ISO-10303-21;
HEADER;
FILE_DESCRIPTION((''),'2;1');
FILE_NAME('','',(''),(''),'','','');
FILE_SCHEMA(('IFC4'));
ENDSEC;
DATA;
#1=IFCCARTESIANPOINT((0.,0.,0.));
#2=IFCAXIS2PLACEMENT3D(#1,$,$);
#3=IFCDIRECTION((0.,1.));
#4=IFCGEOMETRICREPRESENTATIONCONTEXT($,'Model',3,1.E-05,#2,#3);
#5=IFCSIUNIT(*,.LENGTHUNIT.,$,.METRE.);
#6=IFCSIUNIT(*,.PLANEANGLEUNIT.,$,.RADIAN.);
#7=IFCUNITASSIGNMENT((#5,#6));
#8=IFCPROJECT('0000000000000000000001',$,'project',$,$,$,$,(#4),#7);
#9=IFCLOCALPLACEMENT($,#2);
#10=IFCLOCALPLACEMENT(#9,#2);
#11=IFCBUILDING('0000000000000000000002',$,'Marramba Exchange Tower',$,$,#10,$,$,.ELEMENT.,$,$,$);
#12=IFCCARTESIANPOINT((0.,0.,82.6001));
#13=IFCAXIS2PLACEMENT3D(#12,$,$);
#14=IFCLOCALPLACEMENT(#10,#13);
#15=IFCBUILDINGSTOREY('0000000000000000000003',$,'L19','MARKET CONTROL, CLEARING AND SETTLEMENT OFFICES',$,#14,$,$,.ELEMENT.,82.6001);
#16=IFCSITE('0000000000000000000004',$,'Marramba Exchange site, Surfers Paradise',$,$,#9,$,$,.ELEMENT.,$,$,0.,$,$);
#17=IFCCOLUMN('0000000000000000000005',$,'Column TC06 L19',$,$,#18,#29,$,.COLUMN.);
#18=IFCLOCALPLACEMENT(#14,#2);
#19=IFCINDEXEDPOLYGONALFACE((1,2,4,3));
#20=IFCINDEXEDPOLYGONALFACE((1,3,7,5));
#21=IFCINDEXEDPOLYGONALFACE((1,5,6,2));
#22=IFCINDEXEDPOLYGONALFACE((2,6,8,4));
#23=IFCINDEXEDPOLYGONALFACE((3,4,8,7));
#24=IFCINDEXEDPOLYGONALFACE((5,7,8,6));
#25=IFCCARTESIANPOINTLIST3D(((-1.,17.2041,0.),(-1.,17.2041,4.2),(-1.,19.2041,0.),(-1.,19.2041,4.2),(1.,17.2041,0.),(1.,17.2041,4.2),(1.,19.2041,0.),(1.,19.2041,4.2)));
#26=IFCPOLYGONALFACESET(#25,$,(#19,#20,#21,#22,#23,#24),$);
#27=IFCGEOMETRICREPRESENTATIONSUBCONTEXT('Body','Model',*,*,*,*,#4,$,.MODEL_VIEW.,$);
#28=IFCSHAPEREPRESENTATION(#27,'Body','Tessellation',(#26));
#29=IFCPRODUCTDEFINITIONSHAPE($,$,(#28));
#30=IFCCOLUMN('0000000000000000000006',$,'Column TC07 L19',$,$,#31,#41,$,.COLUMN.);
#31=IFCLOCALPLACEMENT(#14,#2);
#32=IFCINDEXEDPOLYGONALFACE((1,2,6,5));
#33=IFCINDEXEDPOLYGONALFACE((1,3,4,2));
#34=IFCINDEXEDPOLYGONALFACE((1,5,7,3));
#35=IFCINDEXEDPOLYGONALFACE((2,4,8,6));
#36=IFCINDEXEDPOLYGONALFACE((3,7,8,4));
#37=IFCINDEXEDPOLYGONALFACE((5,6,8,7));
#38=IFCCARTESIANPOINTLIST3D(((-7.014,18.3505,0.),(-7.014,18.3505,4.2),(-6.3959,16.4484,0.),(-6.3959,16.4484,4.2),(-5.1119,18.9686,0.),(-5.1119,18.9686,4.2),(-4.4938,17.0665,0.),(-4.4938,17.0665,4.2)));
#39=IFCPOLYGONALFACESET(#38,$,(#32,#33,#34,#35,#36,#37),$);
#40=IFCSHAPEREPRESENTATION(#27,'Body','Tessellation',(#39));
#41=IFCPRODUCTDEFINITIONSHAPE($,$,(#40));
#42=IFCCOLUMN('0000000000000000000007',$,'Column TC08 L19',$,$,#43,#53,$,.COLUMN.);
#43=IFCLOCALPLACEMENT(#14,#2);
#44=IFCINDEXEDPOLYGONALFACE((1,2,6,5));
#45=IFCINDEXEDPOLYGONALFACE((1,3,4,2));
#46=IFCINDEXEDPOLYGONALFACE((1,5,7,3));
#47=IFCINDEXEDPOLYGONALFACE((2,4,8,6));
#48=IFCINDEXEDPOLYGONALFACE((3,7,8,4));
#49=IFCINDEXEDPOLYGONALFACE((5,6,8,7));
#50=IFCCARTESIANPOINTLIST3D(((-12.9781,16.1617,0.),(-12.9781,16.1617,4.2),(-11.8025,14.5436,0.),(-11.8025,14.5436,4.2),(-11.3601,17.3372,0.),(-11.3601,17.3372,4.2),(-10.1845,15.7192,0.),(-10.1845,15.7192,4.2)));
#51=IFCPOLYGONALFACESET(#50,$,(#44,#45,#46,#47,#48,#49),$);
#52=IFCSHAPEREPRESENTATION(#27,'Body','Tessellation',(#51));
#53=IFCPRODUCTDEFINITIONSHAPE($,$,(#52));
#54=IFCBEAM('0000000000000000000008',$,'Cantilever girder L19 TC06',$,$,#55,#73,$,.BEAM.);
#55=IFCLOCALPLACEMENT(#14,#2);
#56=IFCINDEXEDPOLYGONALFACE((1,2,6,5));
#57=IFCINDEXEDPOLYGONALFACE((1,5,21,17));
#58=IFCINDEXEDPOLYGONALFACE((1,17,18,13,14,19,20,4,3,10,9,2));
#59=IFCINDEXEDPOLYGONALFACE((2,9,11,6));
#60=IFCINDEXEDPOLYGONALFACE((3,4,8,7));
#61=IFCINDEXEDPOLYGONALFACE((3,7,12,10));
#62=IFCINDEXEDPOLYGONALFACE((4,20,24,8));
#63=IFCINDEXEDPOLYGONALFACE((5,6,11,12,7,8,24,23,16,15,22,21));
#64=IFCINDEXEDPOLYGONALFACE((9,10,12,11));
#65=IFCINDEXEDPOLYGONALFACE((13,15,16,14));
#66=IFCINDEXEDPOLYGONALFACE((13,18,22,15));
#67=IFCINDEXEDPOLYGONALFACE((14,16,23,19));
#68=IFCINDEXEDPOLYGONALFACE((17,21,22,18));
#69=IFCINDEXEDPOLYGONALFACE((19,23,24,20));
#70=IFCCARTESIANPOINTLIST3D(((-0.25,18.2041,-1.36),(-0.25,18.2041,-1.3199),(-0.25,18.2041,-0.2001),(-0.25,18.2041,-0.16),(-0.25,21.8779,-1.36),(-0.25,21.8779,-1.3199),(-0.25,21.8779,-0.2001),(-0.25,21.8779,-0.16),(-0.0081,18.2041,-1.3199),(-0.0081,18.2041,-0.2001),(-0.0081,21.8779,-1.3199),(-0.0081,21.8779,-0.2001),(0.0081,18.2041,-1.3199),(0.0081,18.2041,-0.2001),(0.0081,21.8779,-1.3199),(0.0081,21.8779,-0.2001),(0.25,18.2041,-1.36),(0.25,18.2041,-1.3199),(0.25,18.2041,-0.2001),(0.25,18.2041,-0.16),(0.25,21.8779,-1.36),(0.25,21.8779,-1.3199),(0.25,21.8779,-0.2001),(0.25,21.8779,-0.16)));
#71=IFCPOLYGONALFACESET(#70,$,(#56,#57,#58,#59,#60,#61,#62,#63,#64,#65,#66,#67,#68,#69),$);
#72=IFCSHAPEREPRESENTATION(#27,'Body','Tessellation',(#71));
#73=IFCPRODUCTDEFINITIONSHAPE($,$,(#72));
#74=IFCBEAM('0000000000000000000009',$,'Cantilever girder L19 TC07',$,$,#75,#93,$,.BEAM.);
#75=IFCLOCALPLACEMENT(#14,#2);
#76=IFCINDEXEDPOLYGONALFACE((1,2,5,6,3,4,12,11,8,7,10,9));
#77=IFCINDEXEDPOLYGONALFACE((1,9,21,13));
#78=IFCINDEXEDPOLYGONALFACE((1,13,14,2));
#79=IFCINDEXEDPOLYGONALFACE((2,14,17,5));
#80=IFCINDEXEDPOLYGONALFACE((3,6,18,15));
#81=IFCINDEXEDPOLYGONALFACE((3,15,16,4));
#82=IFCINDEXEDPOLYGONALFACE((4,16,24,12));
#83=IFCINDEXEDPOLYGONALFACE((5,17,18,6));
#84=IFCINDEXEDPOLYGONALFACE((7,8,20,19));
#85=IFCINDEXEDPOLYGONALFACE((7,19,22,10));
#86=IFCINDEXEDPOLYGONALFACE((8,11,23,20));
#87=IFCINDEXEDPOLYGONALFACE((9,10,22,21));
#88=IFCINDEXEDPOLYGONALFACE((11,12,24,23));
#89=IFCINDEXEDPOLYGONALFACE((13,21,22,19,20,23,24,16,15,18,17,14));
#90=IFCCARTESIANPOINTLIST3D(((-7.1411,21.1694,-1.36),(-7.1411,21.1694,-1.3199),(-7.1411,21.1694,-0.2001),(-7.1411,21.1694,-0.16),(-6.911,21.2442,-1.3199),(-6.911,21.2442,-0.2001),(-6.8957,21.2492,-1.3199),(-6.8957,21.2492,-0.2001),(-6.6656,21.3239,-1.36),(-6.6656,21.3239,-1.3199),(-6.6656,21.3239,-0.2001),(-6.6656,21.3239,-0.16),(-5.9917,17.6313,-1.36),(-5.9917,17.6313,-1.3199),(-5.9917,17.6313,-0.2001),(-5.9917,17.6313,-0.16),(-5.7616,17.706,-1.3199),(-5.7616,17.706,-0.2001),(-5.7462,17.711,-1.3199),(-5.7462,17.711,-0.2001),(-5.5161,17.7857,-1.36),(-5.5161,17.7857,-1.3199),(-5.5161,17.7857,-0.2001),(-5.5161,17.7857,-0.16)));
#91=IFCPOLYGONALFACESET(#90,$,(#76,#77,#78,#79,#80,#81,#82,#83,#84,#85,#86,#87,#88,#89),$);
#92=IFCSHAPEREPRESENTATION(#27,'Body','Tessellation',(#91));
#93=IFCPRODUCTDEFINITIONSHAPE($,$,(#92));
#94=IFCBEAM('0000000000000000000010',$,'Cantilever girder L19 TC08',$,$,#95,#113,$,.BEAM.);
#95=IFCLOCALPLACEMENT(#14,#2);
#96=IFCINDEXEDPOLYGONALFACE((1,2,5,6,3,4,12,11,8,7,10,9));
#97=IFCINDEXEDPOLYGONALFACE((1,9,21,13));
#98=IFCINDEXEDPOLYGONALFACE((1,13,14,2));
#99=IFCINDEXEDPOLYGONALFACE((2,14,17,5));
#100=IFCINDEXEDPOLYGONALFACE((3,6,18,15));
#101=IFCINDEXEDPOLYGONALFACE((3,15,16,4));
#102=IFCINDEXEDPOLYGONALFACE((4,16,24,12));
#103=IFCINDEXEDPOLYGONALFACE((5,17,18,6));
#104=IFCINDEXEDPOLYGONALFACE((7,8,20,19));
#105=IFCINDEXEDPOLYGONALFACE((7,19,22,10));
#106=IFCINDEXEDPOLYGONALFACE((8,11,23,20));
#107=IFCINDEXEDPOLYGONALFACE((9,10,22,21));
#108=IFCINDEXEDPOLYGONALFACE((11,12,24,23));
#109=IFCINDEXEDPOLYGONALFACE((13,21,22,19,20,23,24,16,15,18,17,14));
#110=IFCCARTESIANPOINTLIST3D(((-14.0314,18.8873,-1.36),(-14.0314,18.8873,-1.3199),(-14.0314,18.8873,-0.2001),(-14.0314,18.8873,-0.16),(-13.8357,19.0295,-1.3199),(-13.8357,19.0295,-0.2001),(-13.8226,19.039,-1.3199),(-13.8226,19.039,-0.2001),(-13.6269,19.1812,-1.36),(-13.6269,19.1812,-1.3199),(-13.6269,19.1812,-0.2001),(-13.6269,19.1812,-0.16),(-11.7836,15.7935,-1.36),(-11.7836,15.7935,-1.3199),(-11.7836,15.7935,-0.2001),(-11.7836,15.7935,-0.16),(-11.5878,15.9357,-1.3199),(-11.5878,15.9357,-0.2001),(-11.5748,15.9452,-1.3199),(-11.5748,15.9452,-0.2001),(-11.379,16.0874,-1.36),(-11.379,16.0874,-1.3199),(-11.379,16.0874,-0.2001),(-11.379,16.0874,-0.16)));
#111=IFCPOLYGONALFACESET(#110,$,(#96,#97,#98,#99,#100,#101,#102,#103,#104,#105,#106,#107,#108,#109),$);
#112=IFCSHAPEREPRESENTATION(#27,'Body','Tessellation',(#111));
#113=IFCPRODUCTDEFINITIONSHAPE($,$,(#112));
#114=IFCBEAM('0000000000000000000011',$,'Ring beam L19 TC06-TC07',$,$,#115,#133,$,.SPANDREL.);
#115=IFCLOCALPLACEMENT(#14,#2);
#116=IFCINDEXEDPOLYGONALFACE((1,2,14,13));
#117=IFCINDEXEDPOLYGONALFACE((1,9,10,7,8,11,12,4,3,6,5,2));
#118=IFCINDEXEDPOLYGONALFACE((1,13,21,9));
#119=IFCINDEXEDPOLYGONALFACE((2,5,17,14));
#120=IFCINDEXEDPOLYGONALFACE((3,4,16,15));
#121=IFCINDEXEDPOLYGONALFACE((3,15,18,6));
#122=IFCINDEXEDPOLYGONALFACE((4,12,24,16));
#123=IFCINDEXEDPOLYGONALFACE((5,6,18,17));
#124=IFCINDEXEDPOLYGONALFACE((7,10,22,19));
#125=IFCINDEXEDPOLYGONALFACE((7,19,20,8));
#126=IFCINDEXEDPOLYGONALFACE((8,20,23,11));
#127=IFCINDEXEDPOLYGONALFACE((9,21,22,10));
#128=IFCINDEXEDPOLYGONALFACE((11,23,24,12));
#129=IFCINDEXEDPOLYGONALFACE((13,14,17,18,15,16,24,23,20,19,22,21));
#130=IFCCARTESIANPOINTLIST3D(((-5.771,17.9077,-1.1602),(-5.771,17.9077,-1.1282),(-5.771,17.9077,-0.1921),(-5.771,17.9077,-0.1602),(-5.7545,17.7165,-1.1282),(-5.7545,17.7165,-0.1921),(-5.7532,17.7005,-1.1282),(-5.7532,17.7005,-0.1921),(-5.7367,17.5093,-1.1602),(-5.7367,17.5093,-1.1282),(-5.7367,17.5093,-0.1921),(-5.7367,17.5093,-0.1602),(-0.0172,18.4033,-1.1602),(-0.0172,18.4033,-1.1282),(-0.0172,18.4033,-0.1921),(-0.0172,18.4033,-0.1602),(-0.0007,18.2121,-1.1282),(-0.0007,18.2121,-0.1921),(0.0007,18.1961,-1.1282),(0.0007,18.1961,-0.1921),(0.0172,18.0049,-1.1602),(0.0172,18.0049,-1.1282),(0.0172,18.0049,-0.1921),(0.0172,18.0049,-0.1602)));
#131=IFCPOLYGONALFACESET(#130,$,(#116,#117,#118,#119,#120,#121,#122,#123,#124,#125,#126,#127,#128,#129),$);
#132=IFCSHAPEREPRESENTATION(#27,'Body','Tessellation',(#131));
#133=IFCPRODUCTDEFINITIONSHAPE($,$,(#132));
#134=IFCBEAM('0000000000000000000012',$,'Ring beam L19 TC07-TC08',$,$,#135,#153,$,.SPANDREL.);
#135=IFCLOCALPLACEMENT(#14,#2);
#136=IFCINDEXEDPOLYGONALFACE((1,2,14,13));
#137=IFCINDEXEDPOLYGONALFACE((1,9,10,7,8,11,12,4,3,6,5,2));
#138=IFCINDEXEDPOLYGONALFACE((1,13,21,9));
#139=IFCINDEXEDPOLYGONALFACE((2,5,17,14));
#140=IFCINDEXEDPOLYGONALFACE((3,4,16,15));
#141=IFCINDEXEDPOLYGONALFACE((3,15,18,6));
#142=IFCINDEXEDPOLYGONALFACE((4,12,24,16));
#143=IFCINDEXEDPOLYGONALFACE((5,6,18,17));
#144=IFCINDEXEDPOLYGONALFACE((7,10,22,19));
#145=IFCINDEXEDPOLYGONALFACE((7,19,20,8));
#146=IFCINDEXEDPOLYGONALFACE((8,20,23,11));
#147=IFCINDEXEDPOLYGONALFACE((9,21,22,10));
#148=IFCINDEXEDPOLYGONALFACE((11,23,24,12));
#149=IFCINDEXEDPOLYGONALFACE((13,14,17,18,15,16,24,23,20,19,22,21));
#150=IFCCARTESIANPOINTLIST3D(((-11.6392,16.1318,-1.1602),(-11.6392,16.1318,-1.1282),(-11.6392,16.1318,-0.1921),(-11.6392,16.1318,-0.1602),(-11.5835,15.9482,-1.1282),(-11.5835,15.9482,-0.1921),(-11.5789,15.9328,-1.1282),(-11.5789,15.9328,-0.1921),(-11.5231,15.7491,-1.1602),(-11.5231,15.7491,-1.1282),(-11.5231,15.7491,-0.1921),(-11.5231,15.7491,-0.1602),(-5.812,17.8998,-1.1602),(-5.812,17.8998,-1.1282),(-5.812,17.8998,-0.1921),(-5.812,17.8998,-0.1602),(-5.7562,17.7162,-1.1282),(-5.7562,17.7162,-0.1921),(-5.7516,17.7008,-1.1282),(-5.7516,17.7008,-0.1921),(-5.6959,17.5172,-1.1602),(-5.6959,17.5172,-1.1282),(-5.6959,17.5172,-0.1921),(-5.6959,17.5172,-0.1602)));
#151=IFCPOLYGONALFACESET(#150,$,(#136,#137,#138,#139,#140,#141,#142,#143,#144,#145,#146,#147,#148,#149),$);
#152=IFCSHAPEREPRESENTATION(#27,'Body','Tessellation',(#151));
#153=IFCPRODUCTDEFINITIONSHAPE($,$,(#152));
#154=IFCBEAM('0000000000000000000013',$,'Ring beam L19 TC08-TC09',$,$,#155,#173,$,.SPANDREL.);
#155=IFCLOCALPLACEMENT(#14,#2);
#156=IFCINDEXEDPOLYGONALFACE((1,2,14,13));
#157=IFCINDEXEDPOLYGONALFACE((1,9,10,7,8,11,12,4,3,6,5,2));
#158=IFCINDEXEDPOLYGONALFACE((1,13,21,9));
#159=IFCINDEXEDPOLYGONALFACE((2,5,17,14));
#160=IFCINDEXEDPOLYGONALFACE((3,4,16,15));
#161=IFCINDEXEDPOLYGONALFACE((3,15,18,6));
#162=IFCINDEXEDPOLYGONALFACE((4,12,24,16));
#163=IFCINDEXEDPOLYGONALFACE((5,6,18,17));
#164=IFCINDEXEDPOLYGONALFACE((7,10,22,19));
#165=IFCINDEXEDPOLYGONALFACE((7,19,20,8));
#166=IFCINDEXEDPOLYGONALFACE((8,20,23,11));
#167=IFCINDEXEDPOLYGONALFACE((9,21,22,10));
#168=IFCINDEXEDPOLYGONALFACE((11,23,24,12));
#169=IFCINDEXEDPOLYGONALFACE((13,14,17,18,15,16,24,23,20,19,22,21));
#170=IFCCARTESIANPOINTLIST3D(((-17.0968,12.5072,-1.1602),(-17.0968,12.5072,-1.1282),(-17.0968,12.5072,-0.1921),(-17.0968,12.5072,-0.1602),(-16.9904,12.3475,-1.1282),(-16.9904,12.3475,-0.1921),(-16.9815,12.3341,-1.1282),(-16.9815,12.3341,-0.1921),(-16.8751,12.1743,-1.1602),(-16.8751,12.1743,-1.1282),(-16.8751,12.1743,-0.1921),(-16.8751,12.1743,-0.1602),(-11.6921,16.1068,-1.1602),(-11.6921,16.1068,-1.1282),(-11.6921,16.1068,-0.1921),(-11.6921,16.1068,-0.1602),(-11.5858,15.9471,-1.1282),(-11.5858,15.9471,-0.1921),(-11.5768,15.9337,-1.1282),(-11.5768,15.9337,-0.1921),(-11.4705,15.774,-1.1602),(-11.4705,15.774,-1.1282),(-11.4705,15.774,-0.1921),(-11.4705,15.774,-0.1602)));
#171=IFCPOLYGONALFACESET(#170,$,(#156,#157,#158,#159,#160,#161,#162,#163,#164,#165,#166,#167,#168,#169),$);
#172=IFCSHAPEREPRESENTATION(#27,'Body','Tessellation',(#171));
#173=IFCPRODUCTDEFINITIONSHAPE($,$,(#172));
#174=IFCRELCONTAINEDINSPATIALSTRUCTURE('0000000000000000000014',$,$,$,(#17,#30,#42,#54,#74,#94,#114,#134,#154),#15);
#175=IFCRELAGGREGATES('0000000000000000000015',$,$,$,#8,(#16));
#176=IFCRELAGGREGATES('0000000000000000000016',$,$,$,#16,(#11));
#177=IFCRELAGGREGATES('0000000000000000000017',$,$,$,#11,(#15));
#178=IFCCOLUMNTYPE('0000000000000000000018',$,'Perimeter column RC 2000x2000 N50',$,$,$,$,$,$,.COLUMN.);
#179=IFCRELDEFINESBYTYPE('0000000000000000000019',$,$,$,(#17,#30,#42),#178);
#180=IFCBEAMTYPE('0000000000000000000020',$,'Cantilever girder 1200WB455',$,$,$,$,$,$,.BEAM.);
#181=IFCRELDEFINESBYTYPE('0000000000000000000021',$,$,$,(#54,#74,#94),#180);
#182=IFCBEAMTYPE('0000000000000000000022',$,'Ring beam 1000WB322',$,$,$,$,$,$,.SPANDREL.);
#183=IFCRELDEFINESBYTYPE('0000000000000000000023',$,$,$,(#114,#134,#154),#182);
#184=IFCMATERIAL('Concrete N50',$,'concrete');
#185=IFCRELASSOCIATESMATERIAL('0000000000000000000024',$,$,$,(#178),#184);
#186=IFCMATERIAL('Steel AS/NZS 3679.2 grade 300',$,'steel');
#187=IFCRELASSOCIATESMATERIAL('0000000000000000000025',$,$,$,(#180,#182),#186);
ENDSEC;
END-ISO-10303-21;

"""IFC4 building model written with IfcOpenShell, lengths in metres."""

from ifc_helpers import new_model, si_unit, direction, frame, origin, origin_2d, place, context, subcontext, project, spatial, rectangle, i_section, extrude, material, material_profile, profile_set, type_object, element, save


model = new_model("IFC4")

# Units and contexts
model_context = context("Model", 3, precision=1e-05, world=origin(), true_north=direction((0.0, 1.0)))
body_context = subcontext(model_context, "Body", "Model", "MODEL_VIEW")
ifc_project = project(units=[si_unit("LENGTHUNIT", "METRE"), si_unit("PLANEANGLEUNIT", "RADIAN")], contexts=[model_context])

# Site, building, storey
site_placement = place(None, origin())
site = spatial("IfcSite", under=ifc_project, at=site_placement, Name="Marramba Exchange site, Surfers Paradise", CompositionType="ELEMENT", RefElevation=0.0)
building_placement = place(site_placement, origin())
building = spatial("IfcBuilding", under=site, at=building_placement, Name="Marramba Exchange Tower", CompositionType="ELEMENT")
storey_placement = place(building_placement, frame((0.0, 0.0, 82.6001)))
storey = spatial("IfcBuildingStorey", under=building, at=storey_placement, Name="L19", Description="MARKET CONTROL, CLEARING AND SETTLEMENT OFFICES", CompositionType="ELEMENT", Elevation=82.6001)

# Columns
ifc_material_1 = material(Name="Concrete N50", Category="concrete")
ifc_material_profile_1 = material_profile(ifc_material_1, rectangle(XDim=2.0, YDim=2.0, at=origin_2d()), Name="RC 2000x2000")
ifc_profile_set_1 = profile_set([ifc_material_profile_1], Name="Concrete N50")
column_type = type_object("IfcColumnType", Name="Perimeter column RC 2000x2000 N50", PredefinedType="COLUMN", material=ifc_profile_set_1)
for number, where, z_axis, x_axis, name in (
    (1, (0.0, 18.2041, 0.0), (0.0, 0.0, 1.0), (0.0, 1.0, 0.0), "Column TC06 L19"),
    (2, (-5.7539, 17.7085, 0.0), (0.0, 0.0, 1.0), (-0.309017, 0.951057, 0.0), "Column TC07 L19"),
    (3, (-11.5813, 15.9404, 0.0), (0.0, 0.0, 1.0), (-0.587785, 0.809017, 0.0), "Column TC08 L19"),
):
    element("IfcColumn", number, at=place(storey_placement, frame(where, z_axis=z_axis, x_axis=x_axis)), inside=storey, type_object=column_type, Name=name, PredefinedType="COLUMN", context=body_context, shape_type="SweptSolid", body=[
        extrude(rectangle(XDim=2.0, YDim=2.0, at=origin_2d()), origin(), (0.0, 0.0, 1.0), 4.2),
    ])

# Beams
ifc_material_2 = material(Name="Steel AS/NZS 3679.2 grade 300", Category="steel")
ifc_material_profile_2 = material_profile(ifc_material_2, i_section(OverallWidth=0.5, OverallDepth=1.2, WebThickness=0.0161, FlangeThickness=0.04, at=origin_2d()), Name="1200WB455")
ifc_profile_set_2 = profile_set([ifc_material_profile_2], Name="Steel AS/NZS 3679.2 grade 300")
beam_type_1 = type_object("IfcBeamType", Name="Cantilever girder 1200WB455", PredefinedType="BEAM", material=ifc_profile_set_2)
beam_1_placement = place(storey_placement, frame((0.0, 18.2041, -0.76), z_axis=(0.0, 1.0, 0.0), x_axis=(-1.0, 0.0, 0.0)))
element("IfcBeam", 4, at=beam_1_placement, inside=storey, type_object=beam_type_1, Name="Cantilever girder L19 TC06", PredefinedType="BEAM", context=body_context, shape_type="SweptSolid", body=[
    extrude(i_section(OverallWidth=0.5, OverallDepth=1.2, WebThickness=0.0161, FlangeThickness=0.04, at=origin_2d()), origin(), (0.0, 0.0, 1.0), 3.6738),
])
beam_2_placement = place(storey_placement, frame((-5.7539, 17.7085, -0.76), z_axis=(-0.308973, 0.951071, 0.0), x_axis=(-0.951071, -0.308973, 0.0)))
element("IfcBeam", 5, at=beam_2_placement, inside=storey, type_object=beam_type_1, Name="Cantilever girder L19 TC07", PredefinedType="BEAM", context=body_context, shape_type="SweptSolid", body=[
    extrude(i_section(OverallWidth=0.5, OverallDepth=1.2, WebThickness=0.0161, FlangeThickness=0.04, at=origin_2d()), origin(), (0.0, 0.0, 1.0), 3.7202),
])
beam_3_placement = place(storey_placement, frame((-11.5813, 15.9404, -0.76), z_axis=(-0.587796, 0.809009, 0.0), x_axis=(-0.809009, -0.587796, 0.0)))
element("IfcBeam", 6, at=beam_3_placement, inside=storey, type_object=beam_type_1, Name="Cantilever girder L19 TC08", PredefinedType="BEAM", context=body_context, shape_type="SweptSolid", body=[
    extrude(i_section(OverallWidth=0.5, OverallDepth=1.2, WebThickness=0.0161, FlangeThickness=0.04, at=origin_2d()), origin(), (0.0, 0.0, 1.0), 3.8242),
])
ifc_material_profile_3 = material_profile(ifc_material_2, i_section(OverallWidth=0.3999, OverallDepth=1.0, WebThickness=0.0161, FlangeThickness=0.032, at=origin_2d()), Name="1000WB322")
ifc_profile_set_3 = profile_set([ifc_material_profile_3], Name="Steel AS/NZS 3679.2 grade 300")
beam_type_2 = type_object("IfcBeamType", Name="Ring beam 1000WB322", PredefinedType="SPANDREL", material=ifc_profile_set_3)
beam_4_placement = place(storey_placement, frame((0.0, 18.2041, -0.6602), z_axis=(-0.996311, -0.085816, 0.0), x_axis=(0.085816, -0.996311, 0.0)))
element("IfcBeam", 7, at=beam_4_placement, inside=storey, type_object=beam_type_2, Name="Ring beam L19 TC06-TC07", PredefinedType="SPANDREL", context=body_context, shape_type="SweptSolid", body=[
    extrude(i_section(OverallWidth=0.3999, OverallDepth=1.0, WebThickness=0.0161, FlangeThickness=0.032, at=origin_2d()), origin(), (0.0, 0.0, 1.0), 5.7751),
])
beam_5_placement = place(storey_placement, frame((-5.7539, 17.7085, -0.6602), z_axis=(-0.956925, -0.290337, 0.0), x_axis=(0.290337, -0.956925, 0.0)))
element("IfcBeam", 8, at=beam_5_placement, inside=storey, type_object=beam_type_2, Name="Ring beam L19 TC07-TC08", PredefinedType="SPANDREL", context=body_context, shape_type="SweptSolid", body=[
    extrude(i_section(OverallWidth=0.3999, OverallDepth=1.0, WebThickness=0.0161, FlangeThickness=0.032, at=origin_2d()), origin(), (0.0, 0.0, 1.0), 6.0896),
])
beam_6_placement = place(storey_placement, frame((-11.5813, 15.9404, -0.6602), z_axis=(-0.832293, -0.554336, 0.0), x_axis=(0.554336, -0.832293, 0.0)))
element("IfcBeam", 9, at=beam_6_placement, inside=storey, type_object=beam_type_2, Name="Ring beam L19 TC08-TC09", PredefinedType="SPANDREL", context=body_context, shape_type="SweptSolid", body=[
    extrude(i_section(OverallWidth=0.3999, OverallDepth=1.0, WebThickness=0.0161, FlangeThickness=0.032, at=origin_2d()), origin(), (0.0, 0.0, 1.0), 6.4937),
])

save(model, "model.ifc")
